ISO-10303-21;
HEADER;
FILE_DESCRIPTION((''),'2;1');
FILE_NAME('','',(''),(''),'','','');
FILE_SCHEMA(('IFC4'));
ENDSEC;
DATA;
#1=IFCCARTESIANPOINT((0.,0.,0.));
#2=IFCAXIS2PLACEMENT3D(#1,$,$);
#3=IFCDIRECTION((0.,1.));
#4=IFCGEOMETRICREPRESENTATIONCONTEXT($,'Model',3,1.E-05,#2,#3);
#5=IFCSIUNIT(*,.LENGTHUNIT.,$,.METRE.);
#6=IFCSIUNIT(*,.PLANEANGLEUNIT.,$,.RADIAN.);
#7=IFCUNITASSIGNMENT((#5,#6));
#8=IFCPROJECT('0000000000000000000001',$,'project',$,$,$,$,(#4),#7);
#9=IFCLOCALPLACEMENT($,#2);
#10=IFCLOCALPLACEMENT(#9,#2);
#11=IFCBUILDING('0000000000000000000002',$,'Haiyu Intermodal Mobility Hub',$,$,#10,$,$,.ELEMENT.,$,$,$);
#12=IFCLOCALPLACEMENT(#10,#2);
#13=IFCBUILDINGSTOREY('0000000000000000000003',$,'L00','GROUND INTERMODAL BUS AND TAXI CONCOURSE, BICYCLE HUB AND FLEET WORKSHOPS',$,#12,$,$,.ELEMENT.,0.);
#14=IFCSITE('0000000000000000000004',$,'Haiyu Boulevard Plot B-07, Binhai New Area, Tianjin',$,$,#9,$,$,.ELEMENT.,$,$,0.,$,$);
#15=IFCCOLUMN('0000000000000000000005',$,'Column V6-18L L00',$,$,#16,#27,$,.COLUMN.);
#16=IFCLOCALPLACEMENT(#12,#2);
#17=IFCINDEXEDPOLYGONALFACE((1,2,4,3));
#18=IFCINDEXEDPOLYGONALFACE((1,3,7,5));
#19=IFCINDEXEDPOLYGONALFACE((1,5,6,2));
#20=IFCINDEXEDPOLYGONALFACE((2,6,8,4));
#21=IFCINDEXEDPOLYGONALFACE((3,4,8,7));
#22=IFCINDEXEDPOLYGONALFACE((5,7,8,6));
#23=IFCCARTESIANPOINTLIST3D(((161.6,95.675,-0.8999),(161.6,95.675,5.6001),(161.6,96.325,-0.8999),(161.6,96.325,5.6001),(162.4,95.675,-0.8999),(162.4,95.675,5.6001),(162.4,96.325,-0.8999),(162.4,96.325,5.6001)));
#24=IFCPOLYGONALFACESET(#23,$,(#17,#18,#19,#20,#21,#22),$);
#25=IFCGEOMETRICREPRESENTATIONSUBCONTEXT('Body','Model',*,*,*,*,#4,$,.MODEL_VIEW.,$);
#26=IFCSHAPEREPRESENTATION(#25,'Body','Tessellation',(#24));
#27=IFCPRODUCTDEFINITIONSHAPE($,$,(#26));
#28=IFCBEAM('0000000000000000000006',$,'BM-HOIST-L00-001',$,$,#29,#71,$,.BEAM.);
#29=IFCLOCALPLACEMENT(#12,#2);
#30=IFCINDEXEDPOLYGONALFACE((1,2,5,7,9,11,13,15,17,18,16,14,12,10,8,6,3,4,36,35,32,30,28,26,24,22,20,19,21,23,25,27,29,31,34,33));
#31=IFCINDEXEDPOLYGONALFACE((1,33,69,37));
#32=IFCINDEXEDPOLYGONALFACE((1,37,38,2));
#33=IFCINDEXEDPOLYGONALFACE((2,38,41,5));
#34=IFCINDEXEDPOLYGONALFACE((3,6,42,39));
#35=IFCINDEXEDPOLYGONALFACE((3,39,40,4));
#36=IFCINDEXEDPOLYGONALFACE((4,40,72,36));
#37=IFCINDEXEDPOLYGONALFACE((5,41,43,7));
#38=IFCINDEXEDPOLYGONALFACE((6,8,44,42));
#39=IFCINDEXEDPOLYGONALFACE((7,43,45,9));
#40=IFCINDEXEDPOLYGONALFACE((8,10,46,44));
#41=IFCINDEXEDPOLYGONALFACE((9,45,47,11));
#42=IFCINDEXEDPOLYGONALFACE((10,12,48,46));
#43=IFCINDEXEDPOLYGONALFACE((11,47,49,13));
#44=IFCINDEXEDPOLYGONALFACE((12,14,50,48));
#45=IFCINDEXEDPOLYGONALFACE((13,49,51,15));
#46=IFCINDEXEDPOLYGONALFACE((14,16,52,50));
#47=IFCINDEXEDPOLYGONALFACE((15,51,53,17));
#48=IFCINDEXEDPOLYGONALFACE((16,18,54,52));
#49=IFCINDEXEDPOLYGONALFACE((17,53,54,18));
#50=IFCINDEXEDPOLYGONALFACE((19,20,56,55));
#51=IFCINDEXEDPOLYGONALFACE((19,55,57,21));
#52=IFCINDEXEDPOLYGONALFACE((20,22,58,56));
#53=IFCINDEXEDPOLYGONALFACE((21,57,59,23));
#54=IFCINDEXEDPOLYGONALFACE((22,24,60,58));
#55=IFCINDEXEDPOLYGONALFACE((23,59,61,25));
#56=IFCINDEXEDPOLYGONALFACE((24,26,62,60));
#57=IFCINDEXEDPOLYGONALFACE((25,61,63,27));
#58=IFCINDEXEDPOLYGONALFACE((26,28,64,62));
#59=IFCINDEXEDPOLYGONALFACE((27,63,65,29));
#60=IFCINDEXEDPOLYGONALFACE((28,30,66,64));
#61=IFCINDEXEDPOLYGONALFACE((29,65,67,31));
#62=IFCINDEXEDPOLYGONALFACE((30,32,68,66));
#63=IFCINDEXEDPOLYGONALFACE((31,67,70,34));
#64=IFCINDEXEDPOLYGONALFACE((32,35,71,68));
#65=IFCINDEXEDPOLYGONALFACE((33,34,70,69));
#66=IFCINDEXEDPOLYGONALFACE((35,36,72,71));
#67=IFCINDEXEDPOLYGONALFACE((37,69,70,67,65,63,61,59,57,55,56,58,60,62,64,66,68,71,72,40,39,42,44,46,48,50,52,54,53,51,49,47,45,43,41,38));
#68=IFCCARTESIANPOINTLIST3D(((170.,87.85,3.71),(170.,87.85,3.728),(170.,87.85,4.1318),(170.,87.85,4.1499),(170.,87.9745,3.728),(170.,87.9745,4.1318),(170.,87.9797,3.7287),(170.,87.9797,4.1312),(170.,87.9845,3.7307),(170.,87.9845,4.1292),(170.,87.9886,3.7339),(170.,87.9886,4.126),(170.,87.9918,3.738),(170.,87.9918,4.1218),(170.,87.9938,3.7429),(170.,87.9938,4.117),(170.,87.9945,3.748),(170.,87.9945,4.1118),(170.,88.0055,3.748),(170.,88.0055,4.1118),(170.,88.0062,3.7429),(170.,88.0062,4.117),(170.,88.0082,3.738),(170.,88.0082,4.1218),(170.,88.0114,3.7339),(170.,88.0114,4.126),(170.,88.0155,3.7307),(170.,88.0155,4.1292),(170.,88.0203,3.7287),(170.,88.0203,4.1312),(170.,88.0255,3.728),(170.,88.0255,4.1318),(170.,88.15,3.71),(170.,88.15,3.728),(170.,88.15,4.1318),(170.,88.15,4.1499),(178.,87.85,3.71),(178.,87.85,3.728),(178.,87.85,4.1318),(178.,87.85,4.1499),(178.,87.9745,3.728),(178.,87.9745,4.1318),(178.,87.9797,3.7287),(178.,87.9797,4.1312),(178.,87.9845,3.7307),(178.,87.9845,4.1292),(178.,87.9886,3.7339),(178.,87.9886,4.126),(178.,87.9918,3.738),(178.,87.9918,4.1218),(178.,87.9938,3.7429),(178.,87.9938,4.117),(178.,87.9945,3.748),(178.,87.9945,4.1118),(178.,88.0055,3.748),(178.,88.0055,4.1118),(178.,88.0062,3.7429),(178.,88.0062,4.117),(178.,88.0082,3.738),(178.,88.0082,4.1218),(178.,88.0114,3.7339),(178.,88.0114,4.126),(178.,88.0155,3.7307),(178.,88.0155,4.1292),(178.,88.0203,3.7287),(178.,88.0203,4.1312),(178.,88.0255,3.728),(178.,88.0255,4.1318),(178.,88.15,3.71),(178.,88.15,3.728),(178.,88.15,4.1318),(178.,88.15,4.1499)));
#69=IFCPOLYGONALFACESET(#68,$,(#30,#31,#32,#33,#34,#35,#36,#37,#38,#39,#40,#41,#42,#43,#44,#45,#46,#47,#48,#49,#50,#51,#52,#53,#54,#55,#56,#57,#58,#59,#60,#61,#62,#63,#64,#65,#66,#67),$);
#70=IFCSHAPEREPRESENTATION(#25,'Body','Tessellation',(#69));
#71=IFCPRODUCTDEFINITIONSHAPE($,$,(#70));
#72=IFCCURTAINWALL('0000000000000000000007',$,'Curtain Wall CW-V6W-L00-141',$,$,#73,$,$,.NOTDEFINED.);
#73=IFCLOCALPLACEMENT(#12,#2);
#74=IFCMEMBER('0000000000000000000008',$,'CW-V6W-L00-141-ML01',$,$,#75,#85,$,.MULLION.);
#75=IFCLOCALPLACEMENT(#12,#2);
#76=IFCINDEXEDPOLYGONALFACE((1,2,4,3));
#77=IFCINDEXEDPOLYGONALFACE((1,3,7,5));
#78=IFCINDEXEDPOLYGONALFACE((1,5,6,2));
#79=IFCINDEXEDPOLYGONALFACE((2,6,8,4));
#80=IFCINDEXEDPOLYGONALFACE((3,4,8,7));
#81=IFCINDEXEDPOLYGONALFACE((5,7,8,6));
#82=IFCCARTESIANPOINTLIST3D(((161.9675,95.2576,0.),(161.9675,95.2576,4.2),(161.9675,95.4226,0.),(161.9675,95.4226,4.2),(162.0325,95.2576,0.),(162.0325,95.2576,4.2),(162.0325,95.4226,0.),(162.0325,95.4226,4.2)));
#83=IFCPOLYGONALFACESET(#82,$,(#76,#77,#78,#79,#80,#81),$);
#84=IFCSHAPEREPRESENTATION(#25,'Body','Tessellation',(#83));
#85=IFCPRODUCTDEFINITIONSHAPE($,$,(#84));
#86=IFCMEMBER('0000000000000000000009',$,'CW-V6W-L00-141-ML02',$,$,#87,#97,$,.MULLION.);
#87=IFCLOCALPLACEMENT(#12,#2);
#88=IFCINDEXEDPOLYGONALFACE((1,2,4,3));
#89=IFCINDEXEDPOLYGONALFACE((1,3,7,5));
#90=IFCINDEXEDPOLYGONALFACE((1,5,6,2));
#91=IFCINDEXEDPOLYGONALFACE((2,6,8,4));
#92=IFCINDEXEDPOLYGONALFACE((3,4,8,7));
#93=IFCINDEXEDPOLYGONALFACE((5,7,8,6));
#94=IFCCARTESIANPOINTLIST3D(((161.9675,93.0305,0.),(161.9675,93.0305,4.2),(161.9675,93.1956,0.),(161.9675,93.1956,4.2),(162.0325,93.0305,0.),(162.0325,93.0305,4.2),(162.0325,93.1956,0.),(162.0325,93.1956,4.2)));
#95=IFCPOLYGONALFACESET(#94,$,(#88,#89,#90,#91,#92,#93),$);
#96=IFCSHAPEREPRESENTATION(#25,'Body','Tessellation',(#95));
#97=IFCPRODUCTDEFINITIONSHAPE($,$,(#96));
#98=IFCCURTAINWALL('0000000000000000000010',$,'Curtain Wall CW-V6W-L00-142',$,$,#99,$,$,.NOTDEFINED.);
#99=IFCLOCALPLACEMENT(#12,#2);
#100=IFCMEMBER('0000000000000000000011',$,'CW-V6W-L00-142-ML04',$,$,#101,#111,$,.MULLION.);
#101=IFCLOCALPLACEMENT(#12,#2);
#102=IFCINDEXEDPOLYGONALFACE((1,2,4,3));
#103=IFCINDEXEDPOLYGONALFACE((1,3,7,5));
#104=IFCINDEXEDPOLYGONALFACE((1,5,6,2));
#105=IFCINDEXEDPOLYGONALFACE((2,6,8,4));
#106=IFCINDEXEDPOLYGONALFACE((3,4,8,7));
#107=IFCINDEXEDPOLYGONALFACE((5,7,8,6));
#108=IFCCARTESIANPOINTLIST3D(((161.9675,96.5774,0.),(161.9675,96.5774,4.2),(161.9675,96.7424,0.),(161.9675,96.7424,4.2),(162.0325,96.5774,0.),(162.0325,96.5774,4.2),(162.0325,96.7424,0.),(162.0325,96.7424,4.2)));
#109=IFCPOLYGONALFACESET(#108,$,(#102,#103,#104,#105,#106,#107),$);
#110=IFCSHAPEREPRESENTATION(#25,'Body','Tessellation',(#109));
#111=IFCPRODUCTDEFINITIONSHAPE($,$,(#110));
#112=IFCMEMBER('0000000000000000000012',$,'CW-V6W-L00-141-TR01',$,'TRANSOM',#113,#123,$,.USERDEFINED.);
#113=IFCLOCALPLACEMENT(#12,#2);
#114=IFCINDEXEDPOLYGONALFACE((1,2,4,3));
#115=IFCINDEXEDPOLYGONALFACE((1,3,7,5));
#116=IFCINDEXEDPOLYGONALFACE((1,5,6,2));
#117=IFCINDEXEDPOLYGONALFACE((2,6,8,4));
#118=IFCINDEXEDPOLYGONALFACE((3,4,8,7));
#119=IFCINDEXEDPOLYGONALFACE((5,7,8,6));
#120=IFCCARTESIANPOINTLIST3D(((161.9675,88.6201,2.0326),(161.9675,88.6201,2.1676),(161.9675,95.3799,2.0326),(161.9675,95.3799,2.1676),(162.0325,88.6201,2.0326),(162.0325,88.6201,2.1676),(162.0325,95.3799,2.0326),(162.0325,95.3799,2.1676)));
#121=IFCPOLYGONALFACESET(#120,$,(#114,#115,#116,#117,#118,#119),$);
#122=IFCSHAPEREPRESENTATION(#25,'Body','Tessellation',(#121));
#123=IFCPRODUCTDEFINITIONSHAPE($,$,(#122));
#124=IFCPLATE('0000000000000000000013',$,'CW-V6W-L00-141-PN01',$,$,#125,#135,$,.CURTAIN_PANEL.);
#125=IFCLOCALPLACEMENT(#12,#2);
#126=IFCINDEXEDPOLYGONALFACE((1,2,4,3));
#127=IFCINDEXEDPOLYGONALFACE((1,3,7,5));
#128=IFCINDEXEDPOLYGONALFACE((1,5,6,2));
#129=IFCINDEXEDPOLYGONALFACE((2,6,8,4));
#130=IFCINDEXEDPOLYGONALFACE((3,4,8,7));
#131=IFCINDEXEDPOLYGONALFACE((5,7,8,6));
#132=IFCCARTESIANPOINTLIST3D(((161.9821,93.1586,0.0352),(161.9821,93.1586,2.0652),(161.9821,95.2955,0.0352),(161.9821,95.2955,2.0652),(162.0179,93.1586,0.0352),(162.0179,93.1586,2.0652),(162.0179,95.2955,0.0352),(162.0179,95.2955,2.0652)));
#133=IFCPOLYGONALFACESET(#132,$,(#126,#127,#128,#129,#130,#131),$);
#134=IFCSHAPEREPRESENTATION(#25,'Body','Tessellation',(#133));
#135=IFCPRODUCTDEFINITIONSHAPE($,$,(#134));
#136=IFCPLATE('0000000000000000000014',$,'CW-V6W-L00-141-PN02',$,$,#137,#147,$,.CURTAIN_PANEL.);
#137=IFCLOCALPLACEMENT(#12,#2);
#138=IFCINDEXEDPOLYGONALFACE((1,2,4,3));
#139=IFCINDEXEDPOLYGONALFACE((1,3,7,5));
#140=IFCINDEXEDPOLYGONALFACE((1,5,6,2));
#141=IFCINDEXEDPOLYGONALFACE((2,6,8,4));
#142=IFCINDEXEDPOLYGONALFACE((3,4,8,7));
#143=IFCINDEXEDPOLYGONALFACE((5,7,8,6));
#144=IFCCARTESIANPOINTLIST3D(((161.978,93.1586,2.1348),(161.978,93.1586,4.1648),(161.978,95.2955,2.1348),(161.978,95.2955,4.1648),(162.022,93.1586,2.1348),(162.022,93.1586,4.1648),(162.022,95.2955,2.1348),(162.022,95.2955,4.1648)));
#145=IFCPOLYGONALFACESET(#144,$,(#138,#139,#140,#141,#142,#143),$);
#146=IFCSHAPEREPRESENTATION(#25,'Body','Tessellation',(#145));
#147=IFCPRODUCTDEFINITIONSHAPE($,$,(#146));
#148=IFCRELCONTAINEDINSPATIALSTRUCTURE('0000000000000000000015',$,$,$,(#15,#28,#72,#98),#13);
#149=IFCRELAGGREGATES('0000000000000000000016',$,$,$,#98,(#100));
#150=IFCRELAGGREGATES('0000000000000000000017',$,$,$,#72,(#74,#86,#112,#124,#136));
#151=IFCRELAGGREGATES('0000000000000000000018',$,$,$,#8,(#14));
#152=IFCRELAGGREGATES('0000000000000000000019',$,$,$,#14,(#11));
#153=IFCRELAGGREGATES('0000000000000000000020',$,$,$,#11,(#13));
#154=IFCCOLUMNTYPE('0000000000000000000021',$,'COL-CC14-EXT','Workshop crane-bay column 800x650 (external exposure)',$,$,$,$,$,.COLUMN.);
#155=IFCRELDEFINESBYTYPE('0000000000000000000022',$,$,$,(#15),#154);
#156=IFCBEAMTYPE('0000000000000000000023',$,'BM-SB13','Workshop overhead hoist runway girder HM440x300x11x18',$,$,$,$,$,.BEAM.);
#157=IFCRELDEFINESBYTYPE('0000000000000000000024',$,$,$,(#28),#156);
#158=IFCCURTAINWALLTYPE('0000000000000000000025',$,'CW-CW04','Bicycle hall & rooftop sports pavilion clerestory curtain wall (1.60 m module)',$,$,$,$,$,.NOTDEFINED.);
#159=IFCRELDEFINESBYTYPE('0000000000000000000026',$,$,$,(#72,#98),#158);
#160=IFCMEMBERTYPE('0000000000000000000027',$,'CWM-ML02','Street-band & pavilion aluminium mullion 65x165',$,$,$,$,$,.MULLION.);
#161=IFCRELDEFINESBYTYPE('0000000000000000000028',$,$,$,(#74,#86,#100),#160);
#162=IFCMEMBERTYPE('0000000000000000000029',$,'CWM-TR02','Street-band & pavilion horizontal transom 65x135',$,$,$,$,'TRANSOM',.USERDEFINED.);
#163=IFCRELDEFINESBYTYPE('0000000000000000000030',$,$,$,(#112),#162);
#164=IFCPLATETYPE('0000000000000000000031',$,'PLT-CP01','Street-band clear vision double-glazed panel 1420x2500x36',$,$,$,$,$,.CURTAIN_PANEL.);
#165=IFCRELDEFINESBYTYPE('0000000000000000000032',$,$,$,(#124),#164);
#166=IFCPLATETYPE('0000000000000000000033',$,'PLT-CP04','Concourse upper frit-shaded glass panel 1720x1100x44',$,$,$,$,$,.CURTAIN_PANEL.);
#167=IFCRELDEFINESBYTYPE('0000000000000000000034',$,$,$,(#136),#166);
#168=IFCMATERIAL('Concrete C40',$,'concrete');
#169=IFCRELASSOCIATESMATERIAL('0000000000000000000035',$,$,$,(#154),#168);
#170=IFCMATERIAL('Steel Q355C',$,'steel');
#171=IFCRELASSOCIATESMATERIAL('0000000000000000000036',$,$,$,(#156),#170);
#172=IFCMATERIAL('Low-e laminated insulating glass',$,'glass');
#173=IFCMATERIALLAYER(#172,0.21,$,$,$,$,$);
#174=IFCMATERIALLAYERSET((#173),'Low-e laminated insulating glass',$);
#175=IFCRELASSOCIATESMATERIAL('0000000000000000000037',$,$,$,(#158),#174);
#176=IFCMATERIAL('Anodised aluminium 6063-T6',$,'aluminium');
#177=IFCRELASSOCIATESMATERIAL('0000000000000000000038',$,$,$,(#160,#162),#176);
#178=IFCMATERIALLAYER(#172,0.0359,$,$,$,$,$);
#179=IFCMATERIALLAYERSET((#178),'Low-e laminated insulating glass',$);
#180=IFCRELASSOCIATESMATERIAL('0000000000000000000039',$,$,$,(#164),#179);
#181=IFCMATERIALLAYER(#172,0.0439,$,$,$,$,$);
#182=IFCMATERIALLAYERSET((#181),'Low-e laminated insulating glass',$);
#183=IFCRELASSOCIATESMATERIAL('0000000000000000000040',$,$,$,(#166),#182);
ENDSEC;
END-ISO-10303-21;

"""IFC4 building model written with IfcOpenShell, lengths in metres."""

from ifc_helpers import new_model, si_unit, direction, frame, origin, origin_2d, place, context, subcontext, project, spatial, rectangle, i_section, extrude, material, layer, layer_set, material_profile, profile_set, type_object, element, aggregate, save


model = new_model("IFC4")

# Units and contexts
model_context = context("Model", 3, precision=1e-05, world=origin(), true_north=direction((0.0, 1.0)))
body_context = subcontext(model_context, "Body", "Model", "MODEL_VIEW")
ifc_project = project(units=[si_unit("LENGTHUNIT", "METRE"), si_unit("PLANEANGLEUNIT", "RADIAN")], contexts=[model_context])

# Site, building, storey
site_placement = place(None, origin())
site = spatial("IfcSite", under=ifc_project, at=site_placement, Name="Haiyu Boulevard Plot B-07, Binhai New Area, Tianjin", CompositionType="ELEMENT", RefElevation=0.0)
building_placement = place(site_placement, origin())
building = spatial("IfcBuilding", under=site, at=building_placement, Name="Haiyu Intermodal Mobility Hub", CompositionType="ELEMENT")
storey_placement = place(building_placement, origin())
storey = spatial("IfcBuildingStorey", under=building, at=storey_placement, Name="L00", Description="GROUND INTERMODAL BUS AND TAXI CONCOURSE, BICYCLE HUB AND FLEET WORKSHOPS", CompositionType="ELEMENT", Elevation=0.0)

# Shared definitions
ifc_material_1 = material(Name="Concrete C40", Category="concrete")

# Column
ifc_material_profile_1 = material_profile(ifc_material_1, rectangle(XDim=0.8, YDim=0.6499, at=origin_2d()), Name="C800x650")
ifc_profile_set_1 = profile_set([ifc_material_profile_1], Name="Concrete C40")
column_type_1 = type_object("IfcColumnType", Name="COL-CC14-EXT", Description="Workshop crane-bay column 800x650 (external exposure)", PredefinedType="COLUMN", material=ifc_profile_set_1)
column_placement = place(storey_placement, frame((162.0, 96.0, -0.8999), z_axis=(0.0, 0.0, 1.0), x_axis=(1.0, 0.0, 0.0)))
element("IfcColumn", 1, at=column_placement, inside=storey, type_object=column_type_1, Name="Column V6-18L L00", PredefinedType="COLUMN", context=body_context, shape_type="SweptSolid", body=[
    extrude(rectangle(XDim=0.8, YDim=0.6499, at=origin_2d()), origin(), (0.0, 0.0, 1.0), 6.5),
])

# Beam
ifc_material_2 = material(Name="Steel Q355C", Category="steel")
ifc_material_profile_2 = material_profile(ifc_material_2, i_section(OverallWidth=0.3, OverallDepth=0.4399, WebThickness=0.011, FlangeThickness=0.0181, FilletRadius=0.02, at=origin_2d()), Name="HM440x300x11x18")
ifc_profile_set_2 = profile_set([ifc_material_profile_2], Name="Steel Q355C")
beam_type = type_object("IfcBeamType", Name="BM-SB13", Description="Workshop overhead hoist runway girder HM440x300x11x18", PredefinedType="BEAM", material=ifc_profile_set_2)
beam_placement = place(storey_placement, frame((170.0, 88.0, 3.9299), z_axis=(1.0, 0.0, 0.0), x_axis=(0.0, 1.0, 0.0)))
element("IfcBeam", 2, at=beam_placement, inside=storey, type_object=beam_type, Name="BM-HOIST-L00-001", PredefinedType="BEAM", context=body_context, shape_type="SweptSolid", body=[
    extrude(i_section(OverallWidth=0.3, OverallDepth=0.4399, WebThickness=0.011, FlangeThickness=0.0181, FilletRadius=0.02, at=origin_2d()), origin(), (0.0, 0.0, 1.0), 8.0),
])

# Curtain wall, members
ifc_material_3 = material(Name="Low-e laminated insulating glass", Category="glass")
ifc_layer_1 = layer(ifc_material_3, 0.21)
ifc_layer_set_1 = layer_set([ifc_layer_1], Name="Low-e laminated insulating glass")
curtain_wall_type = type_object("IfcCurtainWallType", Name="CW-CW04", Description="Bicycle hall & rooftop sports pavilion clerestory curtain wall (1.60 m module)", PredefinedType="NOTDEFINED", material=ifc_layer_set_1)
curtain_wall_1_placement = place(storey_placement, origin())
curtain_wall_1 = element("IfcCurtainWall", 3, at=curtain_wall_1_placement, inside=storey, type_object=curtain_wall_type, Name="Curtain Wall CW-V6W-L00-141", PredefinedType="NOTDEFINED")
ifc_material_4 = material(Name="Anodised aluminium 6063-T6", Category="aluminium")
ifc_material_profile_3 = material_profile(ifc_material_4, rectangle(XDim=0.0649, YDim=0.165, at=origin_2d()), Name="ALU65x165")
ifc_profile_set_3 = profile_set([ifc_material_profile_3], Name="Anodised aluminium 6063-T6")
member_type_1 = type_object("IfcMemberType", Name="CWM-ML02", Description="Street-band & pavilion aluminium mullion 65x165", PredefinedType="MULLION", material=ifc_profile_set_3)
member_1_placement = place(storey_placement, frame((162.0, 95.3401, 0.0), z_axis=(0.0, 0.0, 1.0), x_axis=(1.0, 0.0, 0.0)))
member_1 = element("IfcMember", 4, at=member_1_placement, type_object=member_type_1, Name="CW-V6W-L00-141-ML01", PredefinedType="MULLION", context=body_context, shape_type="SweptSolid", body=[
    extrude(rectangle(XDim=0.0649, YDim=0.165, at=origin_2d()), origin(), (0.0, 0.0, 1.0), 4.2),
])
member_2_placement = place(storey_placement, frame((162.0, 93.113, 0.0), z_axis=(0.0, 0.0, 1.0), x_axis=(1.0, 0.0, 0.0)))
member_2 = element("IfcMember", 5, at=member_2_placement, type_object=member_type_1, Name="CW-V6W-L00-141-ML02", PredefinedType="MULLION", context=body_context, shape_type="SweptSolid", body=[
    extrude(rectangle(XDim=0.0649, YDim=0.165, at=origin_2d()), origin(), (0.0, 0.0, 1.0), 4.2),
])

# Curtain wall, member
curtain_wall_2_placement = place(storey_placement, origin())
curtain_wall_2 = element("IfcCurtainWall", 6, at=curtain_wall_2_placement, inside=storey, type_object=curtain_wall_type, Name="Curtain Wall CW-V6W-L00-142", PredefinedType="NOTDEFINED")
member_3_placement = place(storey_placement, frame((162.0, 96.6599, 0.0), z_axis=(0.0, 0.0, 1.0), x_axis=(1.0, 0.0, 0.0)))
member_3 = element("IfcMember", 7, at=member_3_placement, type_object=member_type_1, Name="CW-V6W-L00-142-ML04", PredefinedType="MULLION", context=body_context, shape_type="SweptSolid", body=[
    extrude(rectangle(XDim=0.0649, YDim=0.165, at=origin_2d()), origin(), (0.0, 0.0, 1.0), 4.2),
])
aggregate(curtain_wall_2, [member_3])

# Member
ifc_material_profile_4 = material_profile(ifc_material_4, rectangle(XDim=0.0649, YDim=0.135, at=origin_2d()), Name="ALU65x135")
ifc_profile_set_4 = profile_set([ifc_material_profile_4], Name="Anodised aluminium 6063-T6")
member_type_2 = type_object("IfcMemberType", Name="CWM-TR02", Description="Street-band & pavilion horizontal transom 65x135", ElementType="TRANSOM", PredefinedType="USERDEFINED", material=ifc_profile_set_4)
member_4_placement = place(storey_placement, frame((162.0, 95.3799, 2.1001), z_axis=(0.0, -1.0, 0.0), x_axis=(1.0, 0.0, 0.0)))
member_4 = element("IfcMember", 8, at=member_4_placement, type_object=member_type_2, Name="CW-V6W-L00-141-TR01", ObjectType="TRANSOM", PredefinedType="USERDEFINED", context=body_context, shape_type="SweptSolid", body=[
    extrude(rectangle(XDim=0.0649, YDim=0.135, at=origin_2d()), origin(), (0.0, 0.0, 1.0), 6.7598),
])

# Plates
ifc_layer_2 = layer(ifc_material_3, 0.0359)
ifc_layer_set_2 = layer_set([ifc_layer_2], Name="Low-e laminated insulating glass")
plate_type_1 = type_object("IfcPlateType", Name="PLT-CP01", Description="Street-band clear vision double-glazed panel 1420x2500x36", PredefinedType="CURTAIN_PANEL", material=ifc_layer_set_2)
plate_1_placement = place(storey_placement, frame((162.0, 94.2271, 0.0352), z_axis=(0.0, 0.0, 1.0), x_axis=(0.0, -1.0, 0.0)))
plate_1 = element("IfcPlate", 9, at=plate_1_placement, type_object=plate_type_1, Name="CW-V6W-L00-141-PN01", PredefinedType="CURTAIN_PANEL", context=body_context, shape_type="SweptSolid", body=[
    extrude(rectangle(XDim=2.137, YDim=0.0359, at=origin_2d()), origin(), (0.0, 0.0, 1.0), 2.03),
])
ifc_layer_3 = layer(ifc_material_3, 0.0439)
ifc_layer_set_3 = layer_set([ifc_layer_3], Name="Low-e laminated insulating glass")
plate_type_2 = type_object("IfcPlateType", Name="PLT-CP04", Description="Concourse upper frit-shaded glass panel 1720x1100x44", PredefinedType="CURTAIN_PANEL", material=ifc_layer_set_3)
plate_2_placement = place(storey_placement, frame((162.0, 94.2271, 2.1348), z_axis=(0.0, 0.0, 1.0), x_axis=(0.0, -1.0, 0.0)))
plate_2 = element("IfcPlate", 10, at=plate_2_placement, type_object=plate_type_2, Name="CW-V6W-L00-141-PN02", PredefinedType="CURTAIN_PANEL", context=body_context, shape_type="SweptSolid", body=[
    extrude(rectangle(XDim=2.137, YDim=0.0439, at=origin_2d()), origin(), (0.0, 0.0, 1.0), 2.03),
])
aggregate(curtain_wall_1, [member_1, member_2, member_4, plate_1, plate_2])

save(model, "model.ifc")
